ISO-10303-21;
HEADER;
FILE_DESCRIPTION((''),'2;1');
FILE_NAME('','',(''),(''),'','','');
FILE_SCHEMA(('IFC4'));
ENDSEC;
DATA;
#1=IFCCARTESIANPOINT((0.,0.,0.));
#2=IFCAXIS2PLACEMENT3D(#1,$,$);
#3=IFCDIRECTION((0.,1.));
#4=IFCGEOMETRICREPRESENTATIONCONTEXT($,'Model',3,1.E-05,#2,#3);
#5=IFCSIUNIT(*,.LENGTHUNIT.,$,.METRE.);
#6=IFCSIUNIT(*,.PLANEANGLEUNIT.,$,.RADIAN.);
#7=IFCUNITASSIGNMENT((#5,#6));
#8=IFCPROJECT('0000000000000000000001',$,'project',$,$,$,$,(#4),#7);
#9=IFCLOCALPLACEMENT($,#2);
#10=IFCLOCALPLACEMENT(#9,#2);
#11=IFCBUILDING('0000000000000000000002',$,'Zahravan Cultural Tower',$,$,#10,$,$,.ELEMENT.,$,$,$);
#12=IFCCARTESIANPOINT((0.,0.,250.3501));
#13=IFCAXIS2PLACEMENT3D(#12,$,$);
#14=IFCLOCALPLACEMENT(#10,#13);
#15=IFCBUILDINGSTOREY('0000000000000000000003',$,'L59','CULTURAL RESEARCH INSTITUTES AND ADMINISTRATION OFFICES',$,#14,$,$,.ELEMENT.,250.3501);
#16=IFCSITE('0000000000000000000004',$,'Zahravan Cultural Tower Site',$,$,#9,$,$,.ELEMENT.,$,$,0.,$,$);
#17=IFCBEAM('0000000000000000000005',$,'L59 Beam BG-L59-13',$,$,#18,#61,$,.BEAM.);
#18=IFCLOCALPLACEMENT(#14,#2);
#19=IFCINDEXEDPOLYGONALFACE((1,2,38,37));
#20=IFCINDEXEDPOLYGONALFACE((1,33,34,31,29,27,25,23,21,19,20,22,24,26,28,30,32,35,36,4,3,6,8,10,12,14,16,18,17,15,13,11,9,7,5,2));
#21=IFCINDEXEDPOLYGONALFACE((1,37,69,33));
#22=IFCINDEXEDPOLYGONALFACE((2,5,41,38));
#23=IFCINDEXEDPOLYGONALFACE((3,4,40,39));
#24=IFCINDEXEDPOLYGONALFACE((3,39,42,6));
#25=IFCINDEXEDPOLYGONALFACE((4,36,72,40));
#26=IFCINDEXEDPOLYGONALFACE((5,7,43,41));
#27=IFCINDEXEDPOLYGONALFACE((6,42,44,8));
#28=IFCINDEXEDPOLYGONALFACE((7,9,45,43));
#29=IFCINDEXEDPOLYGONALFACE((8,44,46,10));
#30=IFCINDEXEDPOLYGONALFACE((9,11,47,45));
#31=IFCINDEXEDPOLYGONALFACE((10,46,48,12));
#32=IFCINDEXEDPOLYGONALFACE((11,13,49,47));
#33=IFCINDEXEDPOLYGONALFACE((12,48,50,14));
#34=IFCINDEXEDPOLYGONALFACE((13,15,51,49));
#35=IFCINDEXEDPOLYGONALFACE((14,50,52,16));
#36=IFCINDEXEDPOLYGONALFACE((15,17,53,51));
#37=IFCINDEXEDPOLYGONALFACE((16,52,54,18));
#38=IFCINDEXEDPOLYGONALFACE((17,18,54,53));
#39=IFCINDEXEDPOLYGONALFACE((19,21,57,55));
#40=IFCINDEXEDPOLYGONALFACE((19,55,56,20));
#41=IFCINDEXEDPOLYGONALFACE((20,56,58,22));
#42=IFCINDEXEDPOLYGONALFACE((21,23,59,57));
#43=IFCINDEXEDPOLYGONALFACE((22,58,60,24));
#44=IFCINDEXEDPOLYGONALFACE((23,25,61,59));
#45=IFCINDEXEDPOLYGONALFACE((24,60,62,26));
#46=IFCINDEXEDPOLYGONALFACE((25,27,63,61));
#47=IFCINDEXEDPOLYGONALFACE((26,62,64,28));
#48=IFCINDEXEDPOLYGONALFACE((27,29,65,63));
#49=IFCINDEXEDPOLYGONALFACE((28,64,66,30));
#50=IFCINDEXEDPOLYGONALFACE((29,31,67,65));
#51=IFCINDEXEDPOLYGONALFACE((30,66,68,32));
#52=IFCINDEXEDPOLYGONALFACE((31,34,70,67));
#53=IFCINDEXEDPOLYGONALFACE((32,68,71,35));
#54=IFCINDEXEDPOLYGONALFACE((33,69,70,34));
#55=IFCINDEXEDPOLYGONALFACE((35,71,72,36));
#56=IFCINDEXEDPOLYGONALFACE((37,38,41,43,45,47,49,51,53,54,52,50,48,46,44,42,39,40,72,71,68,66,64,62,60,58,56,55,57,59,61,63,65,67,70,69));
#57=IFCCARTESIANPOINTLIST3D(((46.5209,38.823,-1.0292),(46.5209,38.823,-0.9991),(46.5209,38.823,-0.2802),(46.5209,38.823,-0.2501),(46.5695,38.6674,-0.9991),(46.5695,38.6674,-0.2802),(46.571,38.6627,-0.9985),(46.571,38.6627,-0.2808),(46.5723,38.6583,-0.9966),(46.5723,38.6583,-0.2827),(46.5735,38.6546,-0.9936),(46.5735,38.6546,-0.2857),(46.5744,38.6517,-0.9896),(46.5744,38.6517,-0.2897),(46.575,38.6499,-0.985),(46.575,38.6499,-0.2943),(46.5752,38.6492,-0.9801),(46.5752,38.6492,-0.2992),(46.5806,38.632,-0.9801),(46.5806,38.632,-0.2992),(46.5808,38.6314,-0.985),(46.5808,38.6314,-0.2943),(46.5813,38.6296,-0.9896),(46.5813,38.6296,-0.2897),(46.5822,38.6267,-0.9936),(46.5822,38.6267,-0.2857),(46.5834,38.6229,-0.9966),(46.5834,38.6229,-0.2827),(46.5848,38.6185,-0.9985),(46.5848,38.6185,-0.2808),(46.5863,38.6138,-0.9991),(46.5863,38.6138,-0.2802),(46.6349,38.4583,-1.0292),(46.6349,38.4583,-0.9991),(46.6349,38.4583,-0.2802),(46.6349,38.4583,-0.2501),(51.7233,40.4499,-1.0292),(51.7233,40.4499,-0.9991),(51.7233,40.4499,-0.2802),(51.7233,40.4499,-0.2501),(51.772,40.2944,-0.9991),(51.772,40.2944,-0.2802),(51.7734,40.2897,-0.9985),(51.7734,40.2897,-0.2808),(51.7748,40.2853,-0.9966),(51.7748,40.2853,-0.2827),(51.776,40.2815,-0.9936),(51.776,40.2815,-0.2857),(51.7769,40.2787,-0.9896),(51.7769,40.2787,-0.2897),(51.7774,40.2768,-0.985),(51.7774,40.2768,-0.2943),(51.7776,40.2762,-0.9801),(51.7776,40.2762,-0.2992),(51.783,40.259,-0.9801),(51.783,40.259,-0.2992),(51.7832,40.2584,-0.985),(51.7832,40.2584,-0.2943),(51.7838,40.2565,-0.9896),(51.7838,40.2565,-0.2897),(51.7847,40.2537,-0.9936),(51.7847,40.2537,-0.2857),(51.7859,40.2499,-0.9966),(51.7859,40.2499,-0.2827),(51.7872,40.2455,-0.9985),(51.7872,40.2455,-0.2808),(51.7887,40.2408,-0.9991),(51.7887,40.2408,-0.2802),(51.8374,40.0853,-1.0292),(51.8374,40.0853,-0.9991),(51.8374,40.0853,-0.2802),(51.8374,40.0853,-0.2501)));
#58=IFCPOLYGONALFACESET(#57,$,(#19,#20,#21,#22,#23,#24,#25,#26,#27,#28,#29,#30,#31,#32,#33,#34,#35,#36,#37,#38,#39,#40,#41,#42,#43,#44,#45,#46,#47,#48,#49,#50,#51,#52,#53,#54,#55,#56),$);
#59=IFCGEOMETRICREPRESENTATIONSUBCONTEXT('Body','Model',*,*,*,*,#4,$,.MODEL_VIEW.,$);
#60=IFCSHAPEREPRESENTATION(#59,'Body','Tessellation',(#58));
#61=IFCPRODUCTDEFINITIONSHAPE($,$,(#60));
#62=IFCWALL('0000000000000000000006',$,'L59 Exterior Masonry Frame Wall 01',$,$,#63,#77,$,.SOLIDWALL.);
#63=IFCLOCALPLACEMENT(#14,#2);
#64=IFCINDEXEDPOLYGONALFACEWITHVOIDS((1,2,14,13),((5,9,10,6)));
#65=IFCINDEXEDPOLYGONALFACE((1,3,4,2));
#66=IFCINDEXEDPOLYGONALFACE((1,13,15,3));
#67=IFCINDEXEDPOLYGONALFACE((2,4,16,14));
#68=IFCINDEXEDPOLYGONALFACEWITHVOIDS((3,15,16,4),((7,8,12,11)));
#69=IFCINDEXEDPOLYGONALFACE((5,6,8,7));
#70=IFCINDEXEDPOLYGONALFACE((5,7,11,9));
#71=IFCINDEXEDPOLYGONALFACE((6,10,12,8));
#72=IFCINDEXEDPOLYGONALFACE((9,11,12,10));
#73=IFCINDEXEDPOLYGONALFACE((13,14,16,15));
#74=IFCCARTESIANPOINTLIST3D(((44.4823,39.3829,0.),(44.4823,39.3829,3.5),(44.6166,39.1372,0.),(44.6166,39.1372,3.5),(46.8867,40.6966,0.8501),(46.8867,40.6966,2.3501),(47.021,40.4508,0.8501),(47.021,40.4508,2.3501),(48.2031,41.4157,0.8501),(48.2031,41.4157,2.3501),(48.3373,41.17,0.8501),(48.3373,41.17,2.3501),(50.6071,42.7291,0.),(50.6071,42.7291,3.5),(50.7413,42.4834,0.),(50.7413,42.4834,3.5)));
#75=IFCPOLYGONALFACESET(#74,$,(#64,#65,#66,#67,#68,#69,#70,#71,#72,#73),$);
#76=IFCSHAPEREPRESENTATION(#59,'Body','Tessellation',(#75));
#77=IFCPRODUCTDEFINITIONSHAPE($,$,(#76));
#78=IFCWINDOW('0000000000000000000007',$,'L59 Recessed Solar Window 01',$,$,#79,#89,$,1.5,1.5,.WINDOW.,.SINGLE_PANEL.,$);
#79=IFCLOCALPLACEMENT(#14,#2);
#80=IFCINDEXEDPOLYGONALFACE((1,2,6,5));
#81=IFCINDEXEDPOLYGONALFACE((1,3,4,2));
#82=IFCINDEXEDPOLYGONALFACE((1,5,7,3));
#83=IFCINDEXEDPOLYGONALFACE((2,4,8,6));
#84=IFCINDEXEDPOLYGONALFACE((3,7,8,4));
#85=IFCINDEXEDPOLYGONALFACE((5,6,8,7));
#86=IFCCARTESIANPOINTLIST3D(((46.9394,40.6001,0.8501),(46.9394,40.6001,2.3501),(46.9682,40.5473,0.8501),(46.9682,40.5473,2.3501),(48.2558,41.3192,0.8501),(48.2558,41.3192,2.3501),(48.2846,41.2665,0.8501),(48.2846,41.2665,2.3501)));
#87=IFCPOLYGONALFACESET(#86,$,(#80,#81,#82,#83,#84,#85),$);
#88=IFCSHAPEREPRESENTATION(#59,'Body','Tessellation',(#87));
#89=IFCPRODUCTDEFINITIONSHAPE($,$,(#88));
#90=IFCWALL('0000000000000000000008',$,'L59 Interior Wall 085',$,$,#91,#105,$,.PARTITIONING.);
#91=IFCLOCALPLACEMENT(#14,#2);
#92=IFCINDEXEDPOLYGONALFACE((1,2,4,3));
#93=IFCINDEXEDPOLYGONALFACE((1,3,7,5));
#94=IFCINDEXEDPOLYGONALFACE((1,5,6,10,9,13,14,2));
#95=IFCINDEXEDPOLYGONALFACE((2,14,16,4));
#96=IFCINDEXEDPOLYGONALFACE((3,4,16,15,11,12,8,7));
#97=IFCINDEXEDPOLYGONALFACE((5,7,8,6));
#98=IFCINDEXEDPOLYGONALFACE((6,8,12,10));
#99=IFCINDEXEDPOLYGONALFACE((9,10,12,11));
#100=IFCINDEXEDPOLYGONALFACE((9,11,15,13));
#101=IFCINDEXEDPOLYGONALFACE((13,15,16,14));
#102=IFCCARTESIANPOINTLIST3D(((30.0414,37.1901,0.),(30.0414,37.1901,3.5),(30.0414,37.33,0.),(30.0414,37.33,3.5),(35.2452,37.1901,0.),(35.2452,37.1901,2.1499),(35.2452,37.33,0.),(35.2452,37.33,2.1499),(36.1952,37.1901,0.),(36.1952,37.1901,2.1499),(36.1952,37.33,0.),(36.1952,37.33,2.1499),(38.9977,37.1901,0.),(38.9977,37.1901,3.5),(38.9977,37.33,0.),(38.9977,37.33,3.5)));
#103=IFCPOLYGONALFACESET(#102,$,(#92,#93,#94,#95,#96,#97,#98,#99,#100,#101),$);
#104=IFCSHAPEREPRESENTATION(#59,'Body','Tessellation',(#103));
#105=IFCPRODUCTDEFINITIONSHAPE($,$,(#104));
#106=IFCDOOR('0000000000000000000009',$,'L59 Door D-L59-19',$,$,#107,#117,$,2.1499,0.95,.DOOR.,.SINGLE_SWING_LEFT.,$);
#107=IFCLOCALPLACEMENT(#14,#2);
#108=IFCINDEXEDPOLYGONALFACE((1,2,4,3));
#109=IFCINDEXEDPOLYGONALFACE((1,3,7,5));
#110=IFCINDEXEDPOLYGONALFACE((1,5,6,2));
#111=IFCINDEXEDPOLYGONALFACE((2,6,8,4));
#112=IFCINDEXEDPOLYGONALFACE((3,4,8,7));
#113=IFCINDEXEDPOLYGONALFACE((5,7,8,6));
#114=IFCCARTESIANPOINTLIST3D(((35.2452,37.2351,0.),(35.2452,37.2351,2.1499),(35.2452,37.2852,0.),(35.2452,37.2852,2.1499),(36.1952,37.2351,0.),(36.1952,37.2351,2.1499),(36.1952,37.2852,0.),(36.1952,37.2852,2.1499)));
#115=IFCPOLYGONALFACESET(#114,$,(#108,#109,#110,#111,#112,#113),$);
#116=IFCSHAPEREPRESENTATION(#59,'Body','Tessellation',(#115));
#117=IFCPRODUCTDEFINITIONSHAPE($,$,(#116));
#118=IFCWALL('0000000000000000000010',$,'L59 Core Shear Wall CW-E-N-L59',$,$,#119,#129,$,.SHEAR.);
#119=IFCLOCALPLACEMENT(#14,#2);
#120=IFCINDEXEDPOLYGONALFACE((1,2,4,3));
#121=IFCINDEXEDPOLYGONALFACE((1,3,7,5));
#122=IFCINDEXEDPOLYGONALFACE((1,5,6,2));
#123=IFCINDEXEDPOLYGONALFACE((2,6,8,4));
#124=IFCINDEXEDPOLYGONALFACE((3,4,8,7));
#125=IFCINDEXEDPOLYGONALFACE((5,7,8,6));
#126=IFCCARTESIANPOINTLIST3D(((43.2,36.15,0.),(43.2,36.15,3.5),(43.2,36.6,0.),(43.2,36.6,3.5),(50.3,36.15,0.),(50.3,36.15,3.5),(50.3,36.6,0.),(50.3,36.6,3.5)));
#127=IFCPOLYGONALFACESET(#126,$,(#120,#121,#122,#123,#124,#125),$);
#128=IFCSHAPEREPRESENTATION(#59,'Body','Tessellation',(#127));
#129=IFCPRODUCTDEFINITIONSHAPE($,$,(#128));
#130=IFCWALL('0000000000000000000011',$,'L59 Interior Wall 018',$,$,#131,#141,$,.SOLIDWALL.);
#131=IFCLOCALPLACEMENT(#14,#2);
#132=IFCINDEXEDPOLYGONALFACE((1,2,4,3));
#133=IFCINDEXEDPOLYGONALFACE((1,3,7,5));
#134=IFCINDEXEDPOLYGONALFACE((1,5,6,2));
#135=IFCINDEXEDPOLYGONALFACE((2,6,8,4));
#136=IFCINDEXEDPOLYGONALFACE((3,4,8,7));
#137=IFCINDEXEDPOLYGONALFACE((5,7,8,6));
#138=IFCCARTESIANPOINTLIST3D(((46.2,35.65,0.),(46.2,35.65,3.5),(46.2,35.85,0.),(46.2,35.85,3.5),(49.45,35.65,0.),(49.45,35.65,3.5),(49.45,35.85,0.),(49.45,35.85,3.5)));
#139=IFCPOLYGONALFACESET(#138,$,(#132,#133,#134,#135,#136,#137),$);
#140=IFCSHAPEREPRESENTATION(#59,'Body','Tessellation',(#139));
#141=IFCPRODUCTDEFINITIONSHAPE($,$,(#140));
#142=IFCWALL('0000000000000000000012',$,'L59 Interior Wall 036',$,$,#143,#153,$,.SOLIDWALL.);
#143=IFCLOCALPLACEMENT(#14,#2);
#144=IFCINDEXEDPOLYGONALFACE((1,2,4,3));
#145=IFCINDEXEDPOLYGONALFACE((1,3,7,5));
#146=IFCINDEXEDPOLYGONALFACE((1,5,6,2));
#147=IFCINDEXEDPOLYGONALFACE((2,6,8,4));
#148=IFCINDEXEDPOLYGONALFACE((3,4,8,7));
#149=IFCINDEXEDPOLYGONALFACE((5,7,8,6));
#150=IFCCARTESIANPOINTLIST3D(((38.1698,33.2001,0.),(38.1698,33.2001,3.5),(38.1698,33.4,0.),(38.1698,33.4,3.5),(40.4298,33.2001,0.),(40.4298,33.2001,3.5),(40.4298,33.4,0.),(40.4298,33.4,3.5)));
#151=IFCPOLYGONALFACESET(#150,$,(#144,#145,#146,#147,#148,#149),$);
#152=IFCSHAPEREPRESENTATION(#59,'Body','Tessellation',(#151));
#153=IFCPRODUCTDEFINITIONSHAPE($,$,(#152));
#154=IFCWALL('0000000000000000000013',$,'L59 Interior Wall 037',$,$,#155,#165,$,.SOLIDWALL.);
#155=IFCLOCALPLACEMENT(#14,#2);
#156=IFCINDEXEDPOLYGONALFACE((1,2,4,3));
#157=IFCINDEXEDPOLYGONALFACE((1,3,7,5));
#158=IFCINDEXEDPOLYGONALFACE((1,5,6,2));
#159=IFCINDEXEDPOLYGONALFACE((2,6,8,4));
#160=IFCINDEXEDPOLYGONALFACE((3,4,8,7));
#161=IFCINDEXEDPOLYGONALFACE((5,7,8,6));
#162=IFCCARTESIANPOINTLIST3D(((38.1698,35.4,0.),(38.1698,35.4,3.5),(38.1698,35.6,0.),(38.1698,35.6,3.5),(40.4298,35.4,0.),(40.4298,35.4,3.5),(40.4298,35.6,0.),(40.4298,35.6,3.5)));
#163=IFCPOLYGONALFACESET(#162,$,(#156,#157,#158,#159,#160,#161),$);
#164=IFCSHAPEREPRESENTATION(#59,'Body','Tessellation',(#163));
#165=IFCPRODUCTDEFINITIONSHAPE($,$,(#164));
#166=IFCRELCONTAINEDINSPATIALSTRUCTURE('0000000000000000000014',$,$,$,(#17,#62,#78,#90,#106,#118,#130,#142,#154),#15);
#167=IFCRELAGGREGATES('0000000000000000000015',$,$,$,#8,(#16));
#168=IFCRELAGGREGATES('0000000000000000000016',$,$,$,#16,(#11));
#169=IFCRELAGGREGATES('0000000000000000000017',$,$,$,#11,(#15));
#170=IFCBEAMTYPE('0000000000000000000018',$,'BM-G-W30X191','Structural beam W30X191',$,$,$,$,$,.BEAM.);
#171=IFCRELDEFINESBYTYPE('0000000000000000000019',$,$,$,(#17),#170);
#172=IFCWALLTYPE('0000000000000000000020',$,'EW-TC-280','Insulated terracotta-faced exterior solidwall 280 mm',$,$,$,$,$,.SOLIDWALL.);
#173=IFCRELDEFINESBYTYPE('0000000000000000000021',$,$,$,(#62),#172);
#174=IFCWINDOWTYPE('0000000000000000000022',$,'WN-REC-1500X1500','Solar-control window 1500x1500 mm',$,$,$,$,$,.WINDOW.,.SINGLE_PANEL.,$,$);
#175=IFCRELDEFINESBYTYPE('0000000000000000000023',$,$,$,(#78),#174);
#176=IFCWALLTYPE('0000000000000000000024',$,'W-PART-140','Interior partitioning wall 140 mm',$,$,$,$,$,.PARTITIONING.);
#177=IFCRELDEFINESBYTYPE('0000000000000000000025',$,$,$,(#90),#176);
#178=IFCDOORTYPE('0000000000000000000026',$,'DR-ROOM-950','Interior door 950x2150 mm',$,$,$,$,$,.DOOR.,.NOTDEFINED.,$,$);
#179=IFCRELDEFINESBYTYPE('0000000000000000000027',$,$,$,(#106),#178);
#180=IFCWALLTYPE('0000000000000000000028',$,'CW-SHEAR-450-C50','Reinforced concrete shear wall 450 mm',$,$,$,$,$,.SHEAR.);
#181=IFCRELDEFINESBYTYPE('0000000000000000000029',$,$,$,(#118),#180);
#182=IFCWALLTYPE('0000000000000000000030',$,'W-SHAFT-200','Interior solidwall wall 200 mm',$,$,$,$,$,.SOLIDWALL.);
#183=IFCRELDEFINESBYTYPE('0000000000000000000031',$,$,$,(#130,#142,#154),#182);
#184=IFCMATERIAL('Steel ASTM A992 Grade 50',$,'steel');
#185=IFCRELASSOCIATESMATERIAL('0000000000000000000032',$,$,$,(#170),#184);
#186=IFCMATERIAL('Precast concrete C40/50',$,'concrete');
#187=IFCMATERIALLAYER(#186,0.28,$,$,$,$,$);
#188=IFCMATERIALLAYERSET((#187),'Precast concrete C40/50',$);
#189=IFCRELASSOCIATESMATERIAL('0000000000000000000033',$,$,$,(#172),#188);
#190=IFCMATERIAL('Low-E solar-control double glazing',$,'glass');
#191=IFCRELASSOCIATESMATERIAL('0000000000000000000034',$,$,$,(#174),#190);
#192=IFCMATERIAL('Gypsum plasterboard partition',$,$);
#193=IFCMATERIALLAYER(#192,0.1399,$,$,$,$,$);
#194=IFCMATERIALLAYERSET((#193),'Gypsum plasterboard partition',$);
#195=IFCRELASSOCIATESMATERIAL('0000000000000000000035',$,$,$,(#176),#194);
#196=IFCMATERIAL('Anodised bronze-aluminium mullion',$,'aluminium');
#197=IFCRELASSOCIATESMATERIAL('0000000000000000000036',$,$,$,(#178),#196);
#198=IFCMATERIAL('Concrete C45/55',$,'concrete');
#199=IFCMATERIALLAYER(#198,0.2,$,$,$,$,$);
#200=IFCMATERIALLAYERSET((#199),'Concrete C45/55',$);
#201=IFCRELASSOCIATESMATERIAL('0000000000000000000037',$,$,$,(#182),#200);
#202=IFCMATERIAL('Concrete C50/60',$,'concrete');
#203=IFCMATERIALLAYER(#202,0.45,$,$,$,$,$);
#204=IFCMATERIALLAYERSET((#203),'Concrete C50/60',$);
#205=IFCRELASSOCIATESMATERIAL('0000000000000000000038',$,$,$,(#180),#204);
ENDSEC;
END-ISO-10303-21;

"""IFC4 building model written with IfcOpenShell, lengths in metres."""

from ifc_helpers import new_model, si_unit, direction, frame, frame_2d, origin, origin_2d, place, context, subcontext, project, spatial, rectangle, i_section, extrude, source, transform, mapped, material, layer, layer_set, material_profile, profile_set, type_object, element, fill, save


model = new_model("IFC4")

# Units and contexts
model_context = context("Model", 3, precision=1e-05, world=origin(), true_north=direction((0.0, 1.0)))
body_context = subcontext(model_context, "Body", "Model", "MODEL_VIEW")
ifc_project = project(units=[si_unit("LENGTHUNIT", "METRE"), si_unit("PLANEANGLEUNIT", "RADIAN")], contexts=[model_context])

# Site, building, storey
site_placement = place(None, origin())
site = spatial("IfcSite", under=ifc_project, at=site_placement, Name="Zahravan Cultural Tower Site", CompositionType="ELEMENT", RefElevation=0.0)
building_placement = place(site_placement, origin())
building = spatial("IfcBuilding", under=site, at=building_placement, Name="Zahravan Cultural Tower", CompositionType="ELEMENT")
storey_placement = place(building_placement, frame((0.0, 0.0, 250.3501)))
storey = spatial("IfcBuildingStorey", under=building, at=storey_placement, Name="L59", Description="CULTURAL RESEARCH INSTITUTES AND ADMINISTRATION OFFICES", CompositionType="ELEMENT", Elevation=250.3501)

# Shared definitions
ifc_material_1 = material(Name="Concrete C50/60", Category="concrete")
ifc_material_2 = material(Name="Steel ASTM A992 Grade 50", Category="steel")

# Beam
ifc_material_3 = material(Name="Concrete C45/55", Category="concrete")
ifc_material_profile_1 = material_profile(ifc_material_2, i_section(OverallWidth=0.3821, OverallDepth=0.7791, WebThickness=0.0181, FlangeThickness=0.03, FilletRadius=0.019, at=origin_2d()), Name="W30X191")
ifc_profile_set_1 = profile_set([ifc_material_profile_1], Name="Steel ASTM A992 Grade 50")
beam_type_1 = type_object("IfcBeamType", Name="BM-G-W30X191", Description="Structural beam W30X191", PredefinedType="BEAM", material=ifc_profile_set_1)
shared_shape_1 = source(origin(), body_context, "Body", "SweptSolid", [
    extrude(i_section(OverallWidth=0.3821, OverallDepth=0.7791, WebThickness=0.0181, FlangeThickness=0.03, FilletRadius=0.019, at=origin_2d()), origin(), (0.0, 0.0, 1.0), 5.4509),
])
beam_1_placement = place(storey_placement, frame((46.5779, 38.6406, -0.6396), z_axis=(0.954417, 0.298476, 0.0), x_axis=(-0.298476, 0.954417, 0.0)))
element("IfcBeam", 1, at=beam_1_placement, inside=storey, type_object=beam_type_1, Name="L59 Beam BG-L59-13", PredefinedType="BEAM", context=body_context, shape_type="MappedRepresentation", body=[
    mapped(shared_shape_1, transform((0.0, 0.0, 0.0), x_axis=(1.0, 0.0, 0.0), y_axis=(0.0, 1.0, 0.0), z_axis=(0.0, 0.0, 1.0), scale=1.0)),
])

# Wall, opening, window
ifc_material_4 = material(Name="Precast concrete C40/50", Category="concrete")
ifc_layer_1 = layer(ifc_material_4, 0.28)
ifc_layer_set_1 = layer_set([ifc_layer_1], Name="Precast concrete C40/50")
wall_type_1 = type_object("IfcWallType", Name="EW-TC-280", Description="Insulated terracotta-faced exterior solidwall 280 mm", PredefinedType="SOLIDWALL", material=ifc_layer_set_1)
wall_1_placement = place(storey_placement, frame((44.5493, 39.26, 0.0), z_axis=(0.0, 0.0, 1.0), x_axis=(0.877569, 0.47945, 0.0)))
wall_1 = element("IfcWall", 2, at=wall_1_placement, inside=storey, type_object=wall_type_1, Name="L59 Exterior Masonry Frame Wall 01", PredefinedType="SOLIDWALL", context=body_context, shape_type="SweptSolid", body=[
    extrude(rectangle(XDim=6.9792, YDim=0.28, at=frame_2d((3.4897, 0.0))), origin(), (0.0, 0.0, 1.0), 3.5),
])
opening_1_placement = place(wall_1_placement, frame((2.74, 0.0, 0.8501)))
opening_1 = element("IfcOpeningElement", 3, at=opening_1_placement, cuts=wall_1, PredefinedType="OPENING", context=body_context, shape_type="SweptSolid", body=[
    extrude(rectangle(XDim=1.5, YDim=1.5, at=frame_2d((0.75, 0.75))), frame((0.0, 0.1499, 0.0), z_axis=(0.0, -1.0, 0.0), x_axis=(1.0, 0.0, 0.0)), (0.0, 0.0, 1.0), 0.3),
])
ifc_material_5 = material(Name="Low-E solar-control double glazing", Category="glass")
window_type = type_object("IfcWindowType", Name="WN-REC-1500X1500", Description="Solar-control window 1500x1500 mm", PartitioningType="SINGLE_PANEL", PredefinedType="WINDOW", material=ifc_material_5)
shared_shape_2 = source(origin(), body_context, "Body", "SweptSolid", [
    extrude(rectangle(XDim=1.5, YDim=1.5, at=frame_2d((0.75, 0.75))), frame((0.0, 0.03, 0.0), z_axis=(0.0, -1.0, 0.0), x_axis=(1.0, 0.0, 0.0)), (0.0, 0.0, 1.0), 0.0601),
])
window_placement = place(opening_1_placement, origin())
window = element("IfcWindow", 4, at=window_placement, inside=storey, type_object=window_type, Name="L59 Recessed Solar Window 01", OverallHeight=1.5, OverallWidth=1.5, PartitioningType="SINGLE_PANEL", PredefinedType="WINDOW", context=body_context, shape_type="MappedRepresentation", body=[
    mapped(shared_shape_2, transform((0.0, 0.0, 0.0), x_axis=(1.0, 0.0, 0.0), y_axis=(0.0, 1.0, 0.0), z_axis=(0.0, 0.0, 1.0), scale=1.0)),
])
fill(opening_1, window)

# Wall, opening, door
ifc_material_6 = material(Name="Gypsum plasterboard partition")
ifc_layer_2 = layer(ifc_material_6, 0.1399)
ifc_layer_set_2 = layer_set([ifc_layer_2], Name="Gypsum plasterboard partition")
wall_type_2 = type_object("IfcWallType", Name="W-PART-140", Description="Interior partitioning wall 140 mm", PredefinedType="PARTITIONING", material=ifc_layer_set_2)
ifc_material_7 = material(Name="Anodised bronze-aluminium mullion", Category="aluminium")
door_type_1 = type_object("IfcDoorType", Name="DR-ROOM-950", Description="Interior door 950x2150 mm", OperationType="NOTDEFINED", PredefinedType="DOOR", material=ifc_material_7)
shared_shape_3 = source(origin(), body_context, "Body", "SweptSolid", [
    extrude(rectangle(XDim=0.95, YDim=2.1499, at=frame_2d((0.4751, 1.075))), frame((0.0, 0.0249, 0.0), z_axis=(0.0, -1.0, 0.0), x_axis=(1.0, 0.0, 0.0)), (0.0, 0.0, 1.0), 0.05),
])
wall_2_placement = place(storey_placement, frame((38.9976, 37.26, 0.0), z_axis=(0.0, 0.0, 1.0), x_axis=(-1.0, 0.0, 0.0)))
wall_2 = element("IfcWall", 5, at=wall_2_placement, inside=storey, type_object=wall_type_2, Name="L59 Interior Wall 085", PredefinedType="PARTITIONING", context=body_context, shape_type="SweptSolid", body=[
    extrude(rectangle(XDim=8.9563, YDim=0.1399, at=frame_2d((4.478, 0.0))), origin(), (0.0, 0.0, 1.0), 3.5),
])
opening_2_placement = place(wall_2_placement, frame((2.8022, 0.0, 0.0)))
opening_2 = element("IfcOpeningElement", 6, at=opening_2_placement, cuts=wall_2, PredefinedType="OPENING", context=body_context, shape_type="SweptSolid", body=[
    extrude(rectangle(XDim=0.95, YDim=2.1499, at=frame_2d((0.4751, 1.075))), frame((0.0, 0.0798, 0.0), z_axis=(0.0, -1.0, 0.0), x_axis=(1.0, 0.0, 0.0)), (0.0, 0.0, 1.0), 0.1599),
])
door_1_placement = place(opening_2_placement, origin())
door_1 = element("IfcDoor", 7, at=door_1_placement, inside=storey, type_object=door_type_1, Name="L59 Door D-L59-19", OperationType="SINGLE_SWING_LEFT", OverallHeight=2.1499, OverallWidth=0.95, PredefinedType="DOOR", context=body_context, shape_type="MappedRepresentation", body=[
    mapped(shared_shape_3, transform((0.0, 0.0, 0.0), x_axis=(1.0, 0.0, 0.0), y_axis=(0.0, 1.0, 0.0), z_axis=(0.0, 0.0, 1.0), scale=1.0)),
])
fill(opening_2, door_1)
ifc_layer_3 = layer(ifc_material_3, 0.2)
ifc_layer_set_3 = layer_set([ifc_layer_3], Name="Concrete C45/55")
wall_type_3 = type_object("IfcWallType", Name="W-SHAFT-200", Description="Interior solidwall wall 200 mm", PredefinedType="SOLIDWALL", material=ifc_layer_set_3)

# Walls
ifc_layer_4 = layer(ifc_material_1, 0.45)
ifc_layer_set_4 = layer_set([ifc_layer_4], Name="Concrete C50/60")
wall_type_4 = type_object("IfcWallType", Name="CW-SHEAR-450-C50", Description="Reinforced concrete shear wall 450 mm", PredefinedType="SHEAR", material=ifc_layer_set_4)
shared_shape_4 = source(origin(), body_context, "Body", "SweptSolid", [
    extrude(rectangle(XDim=7.1001, YDim=0.45, at=frame_2d((3.55, 0.0))), origin(), (0.0, 0.0, 1.0), 3.5),
])
wall_3_placement = place(storey_placement, frame((43.2, 36.375, 0.0), z_axis=(0.0, 0.0, 1.0), x_axis=(1.0, 0.0, 0.0)))
element("IfcWall", 8, at=wall_3_placement, inside=storey, type_object=wall_type_4, Name="L59 Core Shear Wall CW-E-N-L59", PredefinedType="SHEAR", context=body_context, shape_type="MappedRepresentation", body=[
    mapped(shared_shape_4, transform((0.0, 0.0, 0.0), x_axis=(1.0, 0.0, 0.0), y_axis=(0.0, 1.0, 0.0), z_axis=(0.0, 0.0, 1.0), scale=1.0)),
])
shared_shape_5 = source(origin(), body_context, "Body", "SweptSolid", [
    extrude(rectangle(XDim=3.25, YDim=0.2, at=frame_2d((1.625, 0.0))), origin(), (0.0, 0.0, 1.0), 3.5),
])
wall_4_placement = place(storey_placement, frame((46.2, 35.75, 0.0), z_axis=(0.0, 0.0, 1.0), x_axis=(1.0, 0.0, 0.0)))
element("IfcWall", 9, at=wall_4_placement, inside=storey, type_object=wall_type_3, Name="L59 Interior Wall 018", PredefinedType="SOLIDWALL", context=body_context, shape_type="MappedRepresentation", body=[
    mapped(shared_shape_5, transform((0.0, 0.0, 0.0), x_axis=(1.0, 0.0, 0.0), y_axis=(0.0, 1.0, 0.0), z_axis=(0.0, 0.0, 1.0), scale=1.0)),
])
shared_shape_6 = source(origin(), body_context, "Body", "SweptSolid", [
    extrude(rectangle(XDim=2.26, YDim=0.2, at=frame_2d((1.1299, 0.0))), origin(), (0.0, 0.0, 1.0), 3.5),
])
for number, where, z_axis, x_axis, name in (
    (10, (38.1699, 33.3, 0.0), (0.0, 0.0, 1.0), (1.0, 0.0, 0.0), "L59 Interior Wall 036"),
    (11, (38.1699, 35.5, 0.0), (0.0, 0.0, 1.0), (1.0, 0.0, 0.0), "L59 Interior Wall 037"),
):
    element("IfcWall", number, at=place(storey_placement, frame(where, z_axis=z_axis, x_axis=x_axis)), inside=storey, type_object=wall_type_3, Name=name, PredefinedType="SOLIDWALL", context=body_context, shape_type="MappedRepresentation", body=[
        mapped(shared_shape_6, transform((0.0, 0.0, 0.0), x_axis=(1.0, 0.0, 0.0), y_axis=(0.0, 1.0, 0.0), z_axis=(0.0, 0.0, 1.0), scale=1.0)),
    ])

save(model, "model.ifc")
